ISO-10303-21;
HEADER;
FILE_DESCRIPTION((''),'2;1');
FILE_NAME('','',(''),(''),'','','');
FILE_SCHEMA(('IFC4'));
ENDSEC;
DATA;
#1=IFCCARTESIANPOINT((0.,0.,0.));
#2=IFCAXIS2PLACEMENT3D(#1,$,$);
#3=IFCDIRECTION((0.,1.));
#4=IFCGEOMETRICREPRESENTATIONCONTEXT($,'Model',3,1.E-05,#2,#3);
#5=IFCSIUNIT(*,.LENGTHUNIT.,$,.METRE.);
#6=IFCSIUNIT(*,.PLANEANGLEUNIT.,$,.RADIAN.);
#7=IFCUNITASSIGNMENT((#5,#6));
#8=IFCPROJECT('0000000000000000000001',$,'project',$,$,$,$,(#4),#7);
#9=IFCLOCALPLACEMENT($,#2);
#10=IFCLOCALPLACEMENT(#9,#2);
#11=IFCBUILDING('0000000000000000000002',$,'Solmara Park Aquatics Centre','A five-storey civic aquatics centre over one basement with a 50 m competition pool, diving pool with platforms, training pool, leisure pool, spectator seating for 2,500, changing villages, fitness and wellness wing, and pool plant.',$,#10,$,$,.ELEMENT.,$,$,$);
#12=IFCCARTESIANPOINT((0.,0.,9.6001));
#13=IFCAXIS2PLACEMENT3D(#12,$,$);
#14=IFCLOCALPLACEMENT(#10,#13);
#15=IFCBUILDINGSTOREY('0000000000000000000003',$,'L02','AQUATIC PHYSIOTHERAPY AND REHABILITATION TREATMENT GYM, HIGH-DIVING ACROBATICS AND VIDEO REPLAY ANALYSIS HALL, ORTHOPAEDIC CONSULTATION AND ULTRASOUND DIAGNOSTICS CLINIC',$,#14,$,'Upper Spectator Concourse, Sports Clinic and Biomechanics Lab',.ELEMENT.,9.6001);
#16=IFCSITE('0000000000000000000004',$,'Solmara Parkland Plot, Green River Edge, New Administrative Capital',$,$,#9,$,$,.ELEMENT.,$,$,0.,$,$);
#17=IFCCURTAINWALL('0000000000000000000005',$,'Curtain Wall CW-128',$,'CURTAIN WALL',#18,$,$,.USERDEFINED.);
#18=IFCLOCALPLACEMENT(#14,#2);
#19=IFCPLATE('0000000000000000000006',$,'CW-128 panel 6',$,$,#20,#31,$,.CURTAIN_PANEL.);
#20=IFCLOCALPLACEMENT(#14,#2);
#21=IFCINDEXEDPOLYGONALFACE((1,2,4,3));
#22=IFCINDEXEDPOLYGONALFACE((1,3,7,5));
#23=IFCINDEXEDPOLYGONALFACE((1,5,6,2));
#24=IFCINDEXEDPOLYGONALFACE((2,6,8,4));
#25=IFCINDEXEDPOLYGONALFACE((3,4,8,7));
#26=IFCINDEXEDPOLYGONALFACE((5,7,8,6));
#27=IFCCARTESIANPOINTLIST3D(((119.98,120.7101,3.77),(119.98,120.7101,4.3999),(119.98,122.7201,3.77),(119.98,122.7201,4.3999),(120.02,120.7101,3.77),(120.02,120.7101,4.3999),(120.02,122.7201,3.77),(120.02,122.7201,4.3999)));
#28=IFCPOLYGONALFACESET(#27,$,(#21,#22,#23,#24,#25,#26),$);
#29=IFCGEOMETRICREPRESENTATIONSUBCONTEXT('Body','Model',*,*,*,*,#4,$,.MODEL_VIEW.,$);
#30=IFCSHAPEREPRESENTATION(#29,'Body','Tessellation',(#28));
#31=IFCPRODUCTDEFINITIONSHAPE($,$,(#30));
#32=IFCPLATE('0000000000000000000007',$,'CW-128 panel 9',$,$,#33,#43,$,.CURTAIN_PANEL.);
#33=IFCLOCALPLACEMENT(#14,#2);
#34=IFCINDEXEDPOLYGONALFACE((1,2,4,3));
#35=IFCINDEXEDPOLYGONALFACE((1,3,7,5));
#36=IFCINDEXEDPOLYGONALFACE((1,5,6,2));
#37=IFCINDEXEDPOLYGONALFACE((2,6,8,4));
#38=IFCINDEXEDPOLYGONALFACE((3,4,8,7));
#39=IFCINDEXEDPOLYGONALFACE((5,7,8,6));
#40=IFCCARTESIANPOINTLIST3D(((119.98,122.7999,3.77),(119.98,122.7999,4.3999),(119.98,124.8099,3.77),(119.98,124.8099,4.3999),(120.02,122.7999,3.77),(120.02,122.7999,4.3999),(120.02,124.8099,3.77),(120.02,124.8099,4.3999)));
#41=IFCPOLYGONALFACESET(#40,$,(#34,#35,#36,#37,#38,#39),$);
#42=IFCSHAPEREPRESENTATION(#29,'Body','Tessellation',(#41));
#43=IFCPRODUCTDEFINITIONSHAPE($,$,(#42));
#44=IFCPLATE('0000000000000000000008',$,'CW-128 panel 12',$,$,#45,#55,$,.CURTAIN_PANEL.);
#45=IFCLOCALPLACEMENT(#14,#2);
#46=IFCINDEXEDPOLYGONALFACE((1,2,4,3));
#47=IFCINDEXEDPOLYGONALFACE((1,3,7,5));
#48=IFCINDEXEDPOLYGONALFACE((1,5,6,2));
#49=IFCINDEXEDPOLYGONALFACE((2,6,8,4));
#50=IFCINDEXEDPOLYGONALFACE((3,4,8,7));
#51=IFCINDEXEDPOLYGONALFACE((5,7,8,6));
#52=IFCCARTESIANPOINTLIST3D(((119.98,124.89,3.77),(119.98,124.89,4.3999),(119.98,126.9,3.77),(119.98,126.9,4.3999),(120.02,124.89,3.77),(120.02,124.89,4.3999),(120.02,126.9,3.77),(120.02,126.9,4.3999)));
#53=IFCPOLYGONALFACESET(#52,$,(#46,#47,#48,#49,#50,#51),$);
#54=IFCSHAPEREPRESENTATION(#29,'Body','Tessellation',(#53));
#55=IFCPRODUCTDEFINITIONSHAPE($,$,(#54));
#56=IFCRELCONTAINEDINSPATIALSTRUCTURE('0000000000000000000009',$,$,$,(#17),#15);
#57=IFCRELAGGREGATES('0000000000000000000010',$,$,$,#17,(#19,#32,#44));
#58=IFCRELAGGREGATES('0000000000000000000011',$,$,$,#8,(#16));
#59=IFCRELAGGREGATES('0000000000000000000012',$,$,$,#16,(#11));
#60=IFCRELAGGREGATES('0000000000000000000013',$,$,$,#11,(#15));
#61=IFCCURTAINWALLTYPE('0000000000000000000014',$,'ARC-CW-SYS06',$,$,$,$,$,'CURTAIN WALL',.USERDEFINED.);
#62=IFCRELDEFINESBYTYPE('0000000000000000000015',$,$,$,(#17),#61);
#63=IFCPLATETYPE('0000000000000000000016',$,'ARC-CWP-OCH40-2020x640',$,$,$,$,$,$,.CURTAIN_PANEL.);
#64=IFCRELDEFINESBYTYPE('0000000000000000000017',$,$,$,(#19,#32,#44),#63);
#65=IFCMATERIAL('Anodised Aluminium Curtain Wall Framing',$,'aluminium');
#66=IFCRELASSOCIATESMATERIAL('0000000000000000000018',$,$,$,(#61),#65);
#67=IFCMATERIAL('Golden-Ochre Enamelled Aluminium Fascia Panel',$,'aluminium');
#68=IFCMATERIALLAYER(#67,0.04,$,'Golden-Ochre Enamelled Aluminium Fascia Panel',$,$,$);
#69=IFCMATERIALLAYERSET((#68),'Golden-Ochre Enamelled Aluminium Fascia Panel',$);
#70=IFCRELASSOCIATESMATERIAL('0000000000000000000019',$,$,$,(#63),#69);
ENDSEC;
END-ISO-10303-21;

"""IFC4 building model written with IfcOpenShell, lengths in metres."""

from ifc_helpers import new_model, si_unit, direction, frame, origin, origin_2d, place, context, subcontext, project, spatial, rectangle, extrude, material, layer, layer_set, type_object, element, aggregate, save


model = new_model("IFC4")

# Units and contexts
model_context = context("Model", 3, precision=1e-05, world=origin(), true_north=direction((0.0, 1.0)))
body_context = subcontext(model_context, "Body", "Model", "MODEL_VIEW")
ifc_project = project(units=[si_unit("LENGTHUNIT", "METRE"), si_unit("PLANEANGLEUNIT", "RADIAN")], contexts=[model_context])

# Site, building, storey
site_placement = place(None, origin())
site = spatial("IfcSite", under=ifc_project, at=site_placement, Name="Solmara Parkland Plot, Green River Edge, New Administrative Capital", CompositionType="ELEMENT", RefElevation=0.0)
building_placement = place(site_placement, origin())
building = spatial("IfcBuilding", under=site, at=building_placement, Name="Solmara Park Aquatics Centre", Description="A five-storey civic aquatics centre over one basement with a 50 m competition pool, diving pool with platforms, training pool, leisure pool, spectator seating for 2,500, changing villages, fitness and wellness wing, and pool plant.", CompositionType="ELEMENT")
storey_placement = place(building_placement, frame((0.0, 0.0, 9.6001)))
storey = spatial("IfcBuildingStorey", under=building, at=storey_placement, Name="L02", Description="AQUATIC PHYSIOTHERAPY AND REHABILITATION TREATMENT GYM, HIGH-DIVING ACROBATICS AND VIDEO REPLAY ANALYSIS HALL, ORTHOPAEDIC CONSULTATION AND ULTRASOUND DIAGNOSTICS CLINIC", LongName="Upper Spectator Concourse, Sports Clinic and Biomechanics Lab", CompositionType="ELEMENT", Elevation=9.6001)

# Curtain wall
ifc_material_1 = material(Name="Anodised Aluminium Curtain Wall Framing", Category="aluminium")
curtain_wall_type = type_object("IfcCurtainWallType", Name="ARC-CW-SYS06", ElementType="CURTAIN WALL", PredefinedType="USERDEFINED", material=ifc_material_1)
curtain_wall_1_placement = place(storey_placement, origin())
curtain_wall_1 = element("IfcCurtainWall", 1, at=curtain_wall_1_placement, inside=storey, type_object=curtain_wall_type, Name="Curtain Wall CW-128", ObjectType="CURTAIN WALL", PredefinedType="USERDEFINED")

# Plates
ifc_material_2 = material(Name="Golden-Ochre Enamelled Aluminium Fascia Panel", Category="aluminium")
ifc_layer_1 = layer(ifc_material_2, 0.04, Name="Golden-Ochre Enamelled Aluminium Fascia Panel")
ifc_layer_set_1 = layer_set([ifc_layer_1], Name="Golden-Ochre Enamelled Aluminium Fascia Panel")
plate_type_1 = type_object("IfcPlateType", Name="ARC-CWP-OCH40-2020x640", PredefinedType="CURTAIN_PANEL", material=ifc_layer_set_1)
plate_1_placement = place(storey_placement, frame((120.0, 121.7151, 3.77), z_axis=(0.0, 0.0, 1.0), x_axis=(0.0, 1.0, 0.0)))
plate_1 = element("IfcPlate", 2, at=plate_1_placement, type_object=plate_type_1, Name="CW-128 panel 6", PredefinedType="CURTAIN_PANEL", context=body_context, shape_type="SweptSolid", body=[
    extrude(rectangle(XDim=2.01, YDim=0.04, at=origin_2d()), origin(), (0.0, 0.0, 1.0), 0.6299),
])
plate_2_placement = place(storey_placement, frame((120.0, 123.8049, 3.77), z_axis=(0.0, 0.0, 1.0), x_axis=(0.0, 1.0, 0.0)))
plate_2 = element("IfcPlate", 3, at=plate_2_placement, type_object=plate_type_1, Name="CW-128 panel 9", PredefinedType="CURTAIN_PANEL", context=body_context, shape_type="SweptSolid", body=[
    extrude(rectangle(XDim=2.01, YDim=0.04, at=origin_2d()), origin(), (0.0, 0.0, 1.0), 0.6299),
])
plate_3_placement = place(storey_placement, frame((120.0, 125.895, 3.77), z_axis=(0.0, 0.0, 1.0), x_axis=(0.0, 1.0, 0.0)))
plate_3 = element("IfcPlate", 4, at=plate_3_placement, type_object=plate_type_1, Name="CW-128 panel 12", PredefinedType="CURTAIN_PANEL", context=body_context, shape_type="SweptSolid", body=[
    extrude(rectangle(XDim=2.01, YDim=0.04, at=origin_2d()), origin(), (0.0, 0.0, 1.0), 0.6299),
])
aggregate(curtain_wall_1, [plate_1, plate_2, plate_3])

save(model, "model.ifc")
